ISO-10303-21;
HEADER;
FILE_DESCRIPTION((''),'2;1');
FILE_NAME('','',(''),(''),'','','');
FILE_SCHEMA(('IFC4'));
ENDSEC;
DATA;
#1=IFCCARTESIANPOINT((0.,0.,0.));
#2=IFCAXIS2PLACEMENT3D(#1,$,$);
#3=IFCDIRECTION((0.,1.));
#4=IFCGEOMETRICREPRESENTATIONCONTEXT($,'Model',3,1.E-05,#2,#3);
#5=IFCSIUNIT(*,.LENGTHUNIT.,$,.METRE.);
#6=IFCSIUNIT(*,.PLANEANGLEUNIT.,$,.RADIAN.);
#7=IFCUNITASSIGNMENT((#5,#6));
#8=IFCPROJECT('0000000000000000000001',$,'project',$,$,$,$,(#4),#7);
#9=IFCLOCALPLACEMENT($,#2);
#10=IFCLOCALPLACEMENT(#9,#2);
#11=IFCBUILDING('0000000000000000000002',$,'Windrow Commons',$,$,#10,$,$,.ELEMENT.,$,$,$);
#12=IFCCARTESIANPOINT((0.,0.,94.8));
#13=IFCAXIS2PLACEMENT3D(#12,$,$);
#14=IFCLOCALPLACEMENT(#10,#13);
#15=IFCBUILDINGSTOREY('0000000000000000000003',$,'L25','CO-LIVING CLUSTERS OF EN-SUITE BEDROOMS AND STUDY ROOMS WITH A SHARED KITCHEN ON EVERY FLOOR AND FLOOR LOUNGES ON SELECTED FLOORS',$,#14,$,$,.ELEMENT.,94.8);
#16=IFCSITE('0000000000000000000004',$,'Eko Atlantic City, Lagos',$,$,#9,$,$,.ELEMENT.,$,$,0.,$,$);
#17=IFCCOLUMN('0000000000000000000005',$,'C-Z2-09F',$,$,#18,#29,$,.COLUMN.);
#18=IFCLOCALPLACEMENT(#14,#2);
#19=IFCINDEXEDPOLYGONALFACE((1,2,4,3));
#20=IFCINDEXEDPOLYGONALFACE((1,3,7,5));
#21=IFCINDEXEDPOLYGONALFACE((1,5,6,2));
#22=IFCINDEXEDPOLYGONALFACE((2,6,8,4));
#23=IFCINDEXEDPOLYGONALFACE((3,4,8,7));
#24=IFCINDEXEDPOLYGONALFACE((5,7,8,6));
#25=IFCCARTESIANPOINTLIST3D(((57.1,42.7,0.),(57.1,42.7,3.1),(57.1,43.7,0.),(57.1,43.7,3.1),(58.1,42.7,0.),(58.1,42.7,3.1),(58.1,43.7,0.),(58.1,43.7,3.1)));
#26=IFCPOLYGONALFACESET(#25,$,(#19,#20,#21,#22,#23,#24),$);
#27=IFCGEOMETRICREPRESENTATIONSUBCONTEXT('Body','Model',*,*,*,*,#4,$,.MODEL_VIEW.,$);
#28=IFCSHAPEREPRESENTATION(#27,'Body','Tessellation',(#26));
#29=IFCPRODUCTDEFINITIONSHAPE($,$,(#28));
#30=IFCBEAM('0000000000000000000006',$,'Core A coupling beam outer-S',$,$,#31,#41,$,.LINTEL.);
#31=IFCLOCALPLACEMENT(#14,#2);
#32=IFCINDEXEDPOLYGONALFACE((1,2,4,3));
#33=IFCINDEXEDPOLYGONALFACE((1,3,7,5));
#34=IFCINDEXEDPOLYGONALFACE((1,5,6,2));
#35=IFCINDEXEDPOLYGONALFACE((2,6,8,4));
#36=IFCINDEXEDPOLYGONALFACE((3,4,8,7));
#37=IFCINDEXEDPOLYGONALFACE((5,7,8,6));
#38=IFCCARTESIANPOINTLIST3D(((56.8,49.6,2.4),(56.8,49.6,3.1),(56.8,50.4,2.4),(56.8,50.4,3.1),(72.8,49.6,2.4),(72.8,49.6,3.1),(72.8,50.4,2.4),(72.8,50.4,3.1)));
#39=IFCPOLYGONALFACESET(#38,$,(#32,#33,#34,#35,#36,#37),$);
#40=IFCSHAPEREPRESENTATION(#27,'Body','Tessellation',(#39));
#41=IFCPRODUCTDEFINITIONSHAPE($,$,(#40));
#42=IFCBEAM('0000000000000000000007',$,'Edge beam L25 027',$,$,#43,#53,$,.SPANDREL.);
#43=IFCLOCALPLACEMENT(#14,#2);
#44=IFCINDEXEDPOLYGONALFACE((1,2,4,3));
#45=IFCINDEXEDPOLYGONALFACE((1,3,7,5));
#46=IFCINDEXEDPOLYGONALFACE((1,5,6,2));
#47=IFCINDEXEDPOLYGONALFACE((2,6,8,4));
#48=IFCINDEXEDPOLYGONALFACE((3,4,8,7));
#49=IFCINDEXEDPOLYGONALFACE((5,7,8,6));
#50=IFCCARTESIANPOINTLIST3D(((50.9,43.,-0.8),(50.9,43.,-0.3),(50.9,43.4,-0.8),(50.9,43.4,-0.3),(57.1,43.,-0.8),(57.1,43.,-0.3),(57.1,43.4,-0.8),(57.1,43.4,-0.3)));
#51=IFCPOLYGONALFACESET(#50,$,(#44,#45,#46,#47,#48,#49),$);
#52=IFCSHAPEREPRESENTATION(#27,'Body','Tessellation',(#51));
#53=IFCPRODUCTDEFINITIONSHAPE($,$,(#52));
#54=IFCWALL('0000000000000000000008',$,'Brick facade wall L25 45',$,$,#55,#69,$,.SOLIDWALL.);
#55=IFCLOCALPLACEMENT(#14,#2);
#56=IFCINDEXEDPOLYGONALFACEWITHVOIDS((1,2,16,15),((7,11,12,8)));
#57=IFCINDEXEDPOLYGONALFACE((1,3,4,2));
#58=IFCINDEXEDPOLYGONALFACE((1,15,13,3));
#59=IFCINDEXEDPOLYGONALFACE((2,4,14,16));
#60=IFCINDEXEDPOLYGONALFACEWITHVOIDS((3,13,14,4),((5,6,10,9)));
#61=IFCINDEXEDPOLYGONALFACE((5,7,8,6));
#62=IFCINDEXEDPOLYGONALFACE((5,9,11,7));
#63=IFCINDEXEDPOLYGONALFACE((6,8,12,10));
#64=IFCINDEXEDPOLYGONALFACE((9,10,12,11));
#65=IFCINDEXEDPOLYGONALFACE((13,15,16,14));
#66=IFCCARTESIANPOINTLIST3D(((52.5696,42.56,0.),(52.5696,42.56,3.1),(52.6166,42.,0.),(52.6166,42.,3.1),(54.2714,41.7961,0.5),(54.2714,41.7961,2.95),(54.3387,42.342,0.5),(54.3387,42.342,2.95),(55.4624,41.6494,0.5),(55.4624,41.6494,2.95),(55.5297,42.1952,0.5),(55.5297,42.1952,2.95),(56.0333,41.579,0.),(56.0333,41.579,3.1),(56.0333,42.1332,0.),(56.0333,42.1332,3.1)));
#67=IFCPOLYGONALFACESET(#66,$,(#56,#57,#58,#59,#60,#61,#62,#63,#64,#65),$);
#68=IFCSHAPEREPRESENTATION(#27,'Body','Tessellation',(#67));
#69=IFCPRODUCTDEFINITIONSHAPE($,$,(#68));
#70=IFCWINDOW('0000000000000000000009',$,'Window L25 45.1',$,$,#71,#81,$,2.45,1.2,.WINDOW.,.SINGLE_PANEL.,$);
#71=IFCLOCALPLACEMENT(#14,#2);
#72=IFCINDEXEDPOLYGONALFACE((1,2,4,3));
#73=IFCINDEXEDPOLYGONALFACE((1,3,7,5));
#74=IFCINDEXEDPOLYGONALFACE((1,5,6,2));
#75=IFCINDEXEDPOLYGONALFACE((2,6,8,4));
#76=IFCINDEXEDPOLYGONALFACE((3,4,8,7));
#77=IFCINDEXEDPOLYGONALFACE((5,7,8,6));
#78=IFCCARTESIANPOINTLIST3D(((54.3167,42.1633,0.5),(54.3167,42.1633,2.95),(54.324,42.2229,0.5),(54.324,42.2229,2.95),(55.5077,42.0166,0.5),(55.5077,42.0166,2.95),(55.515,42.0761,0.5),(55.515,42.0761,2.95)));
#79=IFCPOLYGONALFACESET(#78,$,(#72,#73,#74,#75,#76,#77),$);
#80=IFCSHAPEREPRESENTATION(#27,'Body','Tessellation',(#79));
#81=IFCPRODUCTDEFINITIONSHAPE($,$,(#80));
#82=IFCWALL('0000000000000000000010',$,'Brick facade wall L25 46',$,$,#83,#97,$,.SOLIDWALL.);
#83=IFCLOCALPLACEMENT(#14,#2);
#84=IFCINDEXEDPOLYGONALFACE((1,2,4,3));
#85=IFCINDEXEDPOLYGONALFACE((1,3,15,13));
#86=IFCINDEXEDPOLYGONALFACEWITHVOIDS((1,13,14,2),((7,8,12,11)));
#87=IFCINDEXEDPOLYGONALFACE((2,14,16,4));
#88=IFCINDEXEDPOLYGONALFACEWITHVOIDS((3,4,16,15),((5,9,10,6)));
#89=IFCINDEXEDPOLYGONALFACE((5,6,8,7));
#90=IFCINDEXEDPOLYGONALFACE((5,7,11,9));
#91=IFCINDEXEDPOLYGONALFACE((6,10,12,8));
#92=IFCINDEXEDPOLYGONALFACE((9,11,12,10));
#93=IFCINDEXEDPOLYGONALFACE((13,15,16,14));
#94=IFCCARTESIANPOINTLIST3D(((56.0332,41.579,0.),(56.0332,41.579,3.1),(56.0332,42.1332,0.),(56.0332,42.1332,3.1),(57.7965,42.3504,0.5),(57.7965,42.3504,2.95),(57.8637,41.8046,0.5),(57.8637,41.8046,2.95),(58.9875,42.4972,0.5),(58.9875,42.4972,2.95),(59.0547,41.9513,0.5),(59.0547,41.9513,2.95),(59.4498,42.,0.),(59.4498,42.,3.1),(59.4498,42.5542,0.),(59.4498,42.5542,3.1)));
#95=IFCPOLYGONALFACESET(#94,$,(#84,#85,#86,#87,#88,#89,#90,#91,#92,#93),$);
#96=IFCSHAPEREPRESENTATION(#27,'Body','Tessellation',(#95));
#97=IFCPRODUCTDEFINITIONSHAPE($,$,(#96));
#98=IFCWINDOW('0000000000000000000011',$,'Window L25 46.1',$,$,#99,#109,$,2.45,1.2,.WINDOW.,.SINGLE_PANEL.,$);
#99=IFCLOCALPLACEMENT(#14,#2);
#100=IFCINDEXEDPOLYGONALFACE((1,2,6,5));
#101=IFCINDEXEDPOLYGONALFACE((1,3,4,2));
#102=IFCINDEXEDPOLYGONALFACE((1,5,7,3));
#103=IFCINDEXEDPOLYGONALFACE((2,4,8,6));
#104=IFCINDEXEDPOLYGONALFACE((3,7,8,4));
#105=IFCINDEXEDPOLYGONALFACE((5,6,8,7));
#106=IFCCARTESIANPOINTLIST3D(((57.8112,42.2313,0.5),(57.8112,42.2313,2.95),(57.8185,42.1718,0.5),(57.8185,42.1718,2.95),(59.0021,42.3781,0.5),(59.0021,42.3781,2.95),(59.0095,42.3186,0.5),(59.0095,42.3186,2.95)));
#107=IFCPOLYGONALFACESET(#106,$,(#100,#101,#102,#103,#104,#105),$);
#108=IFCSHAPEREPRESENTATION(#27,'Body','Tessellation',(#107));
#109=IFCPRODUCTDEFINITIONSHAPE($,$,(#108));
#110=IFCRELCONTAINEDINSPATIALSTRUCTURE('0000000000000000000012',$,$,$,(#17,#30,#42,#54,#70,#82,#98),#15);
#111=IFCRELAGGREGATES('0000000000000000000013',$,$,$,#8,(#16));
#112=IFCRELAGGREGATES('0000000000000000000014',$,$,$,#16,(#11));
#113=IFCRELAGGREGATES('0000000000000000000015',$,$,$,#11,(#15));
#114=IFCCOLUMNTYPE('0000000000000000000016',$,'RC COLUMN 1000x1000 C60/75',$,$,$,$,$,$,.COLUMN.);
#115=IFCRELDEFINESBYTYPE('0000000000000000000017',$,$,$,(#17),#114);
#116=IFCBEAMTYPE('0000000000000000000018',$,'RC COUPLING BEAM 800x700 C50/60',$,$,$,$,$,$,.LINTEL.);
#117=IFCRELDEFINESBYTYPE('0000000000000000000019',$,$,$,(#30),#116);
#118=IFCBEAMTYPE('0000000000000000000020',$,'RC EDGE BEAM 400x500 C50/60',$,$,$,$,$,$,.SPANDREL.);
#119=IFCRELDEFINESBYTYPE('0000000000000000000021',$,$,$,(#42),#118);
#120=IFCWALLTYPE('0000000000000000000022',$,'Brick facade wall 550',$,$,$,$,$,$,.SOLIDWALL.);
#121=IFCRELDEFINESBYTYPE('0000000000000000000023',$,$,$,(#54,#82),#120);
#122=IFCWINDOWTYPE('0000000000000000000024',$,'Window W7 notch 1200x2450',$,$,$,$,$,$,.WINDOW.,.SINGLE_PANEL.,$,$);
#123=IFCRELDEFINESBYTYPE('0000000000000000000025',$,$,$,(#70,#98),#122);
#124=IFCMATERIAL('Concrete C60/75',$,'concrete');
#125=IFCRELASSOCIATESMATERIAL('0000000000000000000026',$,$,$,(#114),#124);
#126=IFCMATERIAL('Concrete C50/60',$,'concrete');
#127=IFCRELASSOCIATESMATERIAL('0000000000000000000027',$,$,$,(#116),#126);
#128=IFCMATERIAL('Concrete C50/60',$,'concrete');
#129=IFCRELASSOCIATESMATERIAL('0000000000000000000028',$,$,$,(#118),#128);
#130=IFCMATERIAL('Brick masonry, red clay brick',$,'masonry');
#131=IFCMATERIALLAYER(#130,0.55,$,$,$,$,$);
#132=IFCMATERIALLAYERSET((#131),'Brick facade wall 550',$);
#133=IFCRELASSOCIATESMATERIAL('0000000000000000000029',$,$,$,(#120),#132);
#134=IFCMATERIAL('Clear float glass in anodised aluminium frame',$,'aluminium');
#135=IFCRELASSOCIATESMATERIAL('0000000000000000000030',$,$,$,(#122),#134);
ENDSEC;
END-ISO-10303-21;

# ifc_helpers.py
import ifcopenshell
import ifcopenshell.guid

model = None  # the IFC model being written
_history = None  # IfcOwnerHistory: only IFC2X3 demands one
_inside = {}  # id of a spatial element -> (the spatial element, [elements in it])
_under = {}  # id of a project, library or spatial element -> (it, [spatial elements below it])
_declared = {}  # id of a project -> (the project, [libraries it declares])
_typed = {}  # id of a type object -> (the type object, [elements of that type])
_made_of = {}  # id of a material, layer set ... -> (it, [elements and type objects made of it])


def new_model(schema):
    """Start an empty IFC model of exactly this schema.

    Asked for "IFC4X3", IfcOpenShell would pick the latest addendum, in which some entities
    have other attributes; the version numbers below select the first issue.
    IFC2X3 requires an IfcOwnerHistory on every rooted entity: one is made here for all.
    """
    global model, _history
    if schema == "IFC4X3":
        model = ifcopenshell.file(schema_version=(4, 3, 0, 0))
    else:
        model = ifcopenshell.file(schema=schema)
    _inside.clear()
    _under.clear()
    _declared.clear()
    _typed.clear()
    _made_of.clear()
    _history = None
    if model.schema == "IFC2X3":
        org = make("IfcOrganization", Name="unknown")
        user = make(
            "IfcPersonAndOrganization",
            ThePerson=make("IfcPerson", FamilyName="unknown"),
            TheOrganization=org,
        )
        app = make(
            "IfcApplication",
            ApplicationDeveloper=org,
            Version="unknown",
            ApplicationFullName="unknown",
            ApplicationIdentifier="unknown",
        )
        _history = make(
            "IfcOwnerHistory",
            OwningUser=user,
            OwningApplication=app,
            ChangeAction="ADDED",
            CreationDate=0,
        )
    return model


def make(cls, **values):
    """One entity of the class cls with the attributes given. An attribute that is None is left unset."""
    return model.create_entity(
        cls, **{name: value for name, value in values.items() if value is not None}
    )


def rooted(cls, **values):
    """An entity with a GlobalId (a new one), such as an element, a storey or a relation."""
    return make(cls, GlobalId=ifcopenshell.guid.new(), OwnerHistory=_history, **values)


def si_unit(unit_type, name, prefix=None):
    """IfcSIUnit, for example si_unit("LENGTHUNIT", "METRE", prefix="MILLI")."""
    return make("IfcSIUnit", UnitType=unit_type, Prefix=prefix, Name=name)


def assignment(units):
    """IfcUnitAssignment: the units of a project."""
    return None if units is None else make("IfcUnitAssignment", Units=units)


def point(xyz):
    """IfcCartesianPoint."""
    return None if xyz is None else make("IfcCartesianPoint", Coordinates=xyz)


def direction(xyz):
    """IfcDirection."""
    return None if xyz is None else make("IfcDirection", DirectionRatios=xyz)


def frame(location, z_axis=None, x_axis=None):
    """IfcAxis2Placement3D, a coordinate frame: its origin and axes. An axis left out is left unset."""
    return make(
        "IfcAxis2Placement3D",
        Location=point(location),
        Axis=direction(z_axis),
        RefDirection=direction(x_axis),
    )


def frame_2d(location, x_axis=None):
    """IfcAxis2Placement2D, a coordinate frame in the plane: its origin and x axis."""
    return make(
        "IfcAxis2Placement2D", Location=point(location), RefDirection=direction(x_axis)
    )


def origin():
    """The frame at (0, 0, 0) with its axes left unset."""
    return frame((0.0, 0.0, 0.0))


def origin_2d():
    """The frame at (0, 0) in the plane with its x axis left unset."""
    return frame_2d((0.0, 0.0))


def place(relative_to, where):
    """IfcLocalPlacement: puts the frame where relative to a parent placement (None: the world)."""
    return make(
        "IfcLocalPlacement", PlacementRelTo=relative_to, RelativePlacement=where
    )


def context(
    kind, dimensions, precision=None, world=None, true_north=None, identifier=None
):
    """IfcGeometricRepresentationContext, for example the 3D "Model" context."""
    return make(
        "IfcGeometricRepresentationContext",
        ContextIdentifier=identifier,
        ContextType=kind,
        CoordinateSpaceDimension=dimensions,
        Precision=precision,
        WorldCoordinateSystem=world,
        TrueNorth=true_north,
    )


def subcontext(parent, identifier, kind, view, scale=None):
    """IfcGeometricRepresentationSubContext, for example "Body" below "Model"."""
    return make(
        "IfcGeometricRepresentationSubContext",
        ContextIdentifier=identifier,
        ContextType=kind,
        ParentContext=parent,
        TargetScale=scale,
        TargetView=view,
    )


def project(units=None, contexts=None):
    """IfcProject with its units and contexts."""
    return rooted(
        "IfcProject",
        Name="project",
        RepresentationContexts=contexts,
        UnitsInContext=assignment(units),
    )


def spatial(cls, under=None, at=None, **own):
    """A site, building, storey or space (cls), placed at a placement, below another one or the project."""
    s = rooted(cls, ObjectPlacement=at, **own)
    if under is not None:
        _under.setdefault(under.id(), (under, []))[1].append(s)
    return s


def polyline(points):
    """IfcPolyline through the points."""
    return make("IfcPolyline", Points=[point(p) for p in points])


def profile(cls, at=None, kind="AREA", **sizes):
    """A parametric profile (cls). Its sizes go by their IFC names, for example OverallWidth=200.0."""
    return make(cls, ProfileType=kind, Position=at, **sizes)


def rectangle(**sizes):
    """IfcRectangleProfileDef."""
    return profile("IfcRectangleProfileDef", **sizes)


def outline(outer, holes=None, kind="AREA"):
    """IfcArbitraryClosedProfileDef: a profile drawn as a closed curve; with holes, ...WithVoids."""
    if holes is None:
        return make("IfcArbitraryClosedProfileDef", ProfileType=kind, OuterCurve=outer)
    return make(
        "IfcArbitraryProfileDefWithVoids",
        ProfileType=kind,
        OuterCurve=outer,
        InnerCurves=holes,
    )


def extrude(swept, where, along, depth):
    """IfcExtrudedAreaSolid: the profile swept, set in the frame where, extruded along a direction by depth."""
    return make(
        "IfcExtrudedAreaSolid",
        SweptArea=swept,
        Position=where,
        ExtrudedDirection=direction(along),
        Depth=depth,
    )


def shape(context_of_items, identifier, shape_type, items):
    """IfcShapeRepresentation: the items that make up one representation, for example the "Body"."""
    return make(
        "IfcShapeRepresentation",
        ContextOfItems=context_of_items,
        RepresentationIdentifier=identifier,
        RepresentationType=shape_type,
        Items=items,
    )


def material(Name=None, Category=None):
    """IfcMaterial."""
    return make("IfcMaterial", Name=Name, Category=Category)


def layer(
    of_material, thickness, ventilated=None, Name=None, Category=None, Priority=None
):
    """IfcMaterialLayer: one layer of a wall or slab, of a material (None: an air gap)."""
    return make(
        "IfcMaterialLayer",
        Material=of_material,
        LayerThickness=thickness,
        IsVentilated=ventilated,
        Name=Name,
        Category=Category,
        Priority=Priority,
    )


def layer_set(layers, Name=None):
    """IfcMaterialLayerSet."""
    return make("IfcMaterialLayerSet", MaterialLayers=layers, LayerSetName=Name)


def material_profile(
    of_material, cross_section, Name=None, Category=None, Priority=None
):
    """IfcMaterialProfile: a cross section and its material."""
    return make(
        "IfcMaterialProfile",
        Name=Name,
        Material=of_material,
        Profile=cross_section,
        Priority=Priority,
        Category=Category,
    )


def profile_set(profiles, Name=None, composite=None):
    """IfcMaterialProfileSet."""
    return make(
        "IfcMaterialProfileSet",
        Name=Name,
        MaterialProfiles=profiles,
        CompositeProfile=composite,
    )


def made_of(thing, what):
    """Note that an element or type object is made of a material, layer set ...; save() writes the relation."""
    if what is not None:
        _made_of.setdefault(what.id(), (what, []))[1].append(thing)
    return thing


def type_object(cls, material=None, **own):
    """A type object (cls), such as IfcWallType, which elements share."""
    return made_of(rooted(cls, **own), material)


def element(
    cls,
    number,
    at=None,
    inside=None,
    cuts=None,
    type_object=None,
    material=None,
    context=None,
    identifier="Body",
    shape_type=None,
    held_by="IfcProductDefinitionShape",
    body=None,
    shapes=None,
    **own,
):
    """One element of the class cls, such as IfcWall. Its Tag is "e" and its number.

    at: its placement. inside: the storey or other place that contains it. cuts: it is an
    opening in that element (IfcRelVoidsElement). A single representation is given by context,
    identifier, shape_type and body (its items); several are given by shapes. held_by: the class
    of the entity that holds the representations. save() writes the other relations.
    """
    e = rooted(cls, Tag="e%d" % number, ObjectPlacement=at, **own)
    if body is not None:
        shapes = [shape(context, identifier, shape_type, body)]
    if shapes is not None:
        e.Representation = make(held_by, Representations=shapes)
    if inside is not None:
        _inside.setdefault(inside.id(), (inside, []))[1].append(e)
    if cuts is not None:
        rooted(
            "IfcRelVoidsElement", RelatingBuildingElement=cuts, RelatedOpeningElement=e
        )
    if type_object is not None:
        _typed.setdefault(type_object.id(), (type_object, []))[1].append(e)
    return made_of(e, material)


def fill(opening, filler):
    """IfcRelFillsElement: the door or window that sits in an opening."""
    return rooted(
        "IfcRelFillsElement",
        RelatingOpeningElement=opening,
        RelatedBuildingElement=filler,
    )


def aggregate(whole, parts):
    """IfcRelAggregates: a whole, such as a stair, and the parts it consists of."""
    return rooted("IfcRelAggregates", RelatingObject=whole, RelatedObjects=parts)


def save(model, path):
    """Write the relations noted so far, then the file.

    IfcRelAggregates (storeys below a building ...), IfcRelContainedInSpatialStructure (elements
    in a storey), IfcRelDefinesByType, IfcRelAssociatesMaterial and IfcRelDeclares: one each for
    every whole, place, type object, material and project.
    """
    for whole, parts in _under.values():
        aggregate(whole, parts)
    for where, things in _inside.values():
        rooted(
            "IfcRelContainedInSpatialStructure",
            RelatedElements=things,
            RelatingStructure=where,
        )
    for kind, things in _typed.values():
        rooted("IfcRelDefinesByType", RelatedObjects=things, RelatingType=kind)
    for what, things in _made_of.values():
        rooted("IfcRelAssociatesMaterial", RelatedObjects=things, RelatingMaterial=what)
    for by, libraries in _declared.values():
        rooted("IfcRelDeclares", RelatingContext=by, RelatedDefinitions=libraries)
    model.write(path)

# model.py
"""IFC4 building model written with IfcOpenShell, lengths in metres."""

from ifc_helpers import new_model, si_unit, direction, frame, frame_2d, origin, origin_2d, place, context, subcontext, project, spatial, polyline, rectangle, outline, extrude, material, layer, layer_set, material_profile, profile_set, type_object, element, fill, save


model = new_model("IFC4")

# Units and contexts
model_context = context("Model", 3, precision=1e-05, world=origin(), true_north=direction((0.0, 1.0)))
body_context = subcontext(model_context, "Body", "Model", "MODEL_VIEW")
ifc_project = project(units=[si_unit("LENGTHUNIT", "METRE"), si_unit("PLANEANGLEUNIT", "RADIAN")], contexts=[model_context])

# Site, building, storey
site_placement = place(None, origin())
site = spatial("IfcSite", under=ifc_project, at=site_placement, Name="Eko Atlantic City, Lagos", CompositionType="ELEMENT", RefElevation=0.0)
building_placement = place(site_placement, origin())
building = spatial("IfcBuilding", under=site, at=building_placement, Name="Windrow Commons", CompositionType="ELEMENT")
storey_placement = place(building_placement, frame((0.0, 0.0, 94.8)))
storey = spatial("IfcBuildingStorey", under=building, at=storey_placement, Name="L25", Description="CO-LIVING CLUSTERS OF EN-SUITE BEDROOMS AND STUDY ROOMS WITH A SHARED KITCHEN ON EVERY FLOOR AND FLOOR LOUNGES ON SELECTED FLOORS", CompositionType="ELEMENT", Elevation=94.8)

# Column
ifc_material_1 = material(Name="Concrete C60/75", Category="concrete")
ifc_material_profile_1 = material_profile(ifc_material_1, rectangle(XDim=1.0, YDim=1.0, at=origin_2d()))
ifc_profile_set_1 = profile_set([ifc_material_profile_1], Name="Concrete C60/75")
column_type = type_object("IfcColumnType", Name="RC COLUMN 1000x1000 C60/75", PredefinedType="COLUMN", material=ifc_profile_set_1)
column_placement = place(storey_placement, frame((57.6, 43.2, 0.0), z_axis=(0.0, 0.0, 1.0), x_axis=(1.0, 0.0, 0.0)))
element("IfcColumn", 1, at=column_placement, inside=storey, type_object=column_type, Name="C-Z2-09F", PredefinedType="COLUMN", context=body_context, shape_type="SweptSolid", body=[
    extrude(rectangle(XDim=1.0, YDim=1.0, at=origin_2d()), origin(), (0.0, 0.0, 1.0), 3.1),
])

# Beams
ifc_material_2 = material(Name="Concrete C50/60", Category="concrete")
ifc_material_profile_2 = material_profile(ifc_material_2, rectangle(XDim=0.8, YDim=0.7, at=origin_2d()))
ifc_profile_set_2 = profile_set([ifc_material_profile_2], Name="Concrete C50/60")
beam_type_1 = type_object("IfcBeamType", Name="RC COUPLING BEAM 800x700 C50/60", PredefinedType="LINTEL", material=ifc_profile_set_2)
beam_1_placement = place(storey_placement, frame((56.8, 50.0, 2.75), z_axis=(1.0, 0.0, 0.0), x_axis=(0.0, 1.0, 0.0)))
element("IfcBeam", 2, at=beam_1_placement, inside=storey, type_object=beam_type_1, Name="Core A coupling beam outer-S", PredefinedType="LINTEL", context=body_context, shape_type="SweptSolid", body=[
    extrude(rectangle(XDim=0.8, YDim=0.7, at=origin_2d()), origin(), (0.0, 0.0, 1.0), 16.0),
])
ifc_material_3 = material(Name="Concrete C50/60", Category="concrete")
ifc_material_profile_3 = material_profile(ifc_material_3, rectangle(XDim=0.4, YDim=0.5, at=origin_2d()))
ifc_profile_set_3 = profile_set([ifc_material_profile_3], Name="Concrete C50/60")
beam_type_2 = type_object("IfcBeamType", Name="RC EDGE BEAM 400x500 C50/60", PredefinedType="SPANDREL", material=ifc_profile_set_3)
beam_2_placement = place(storey_placement, frame((57.1, 43.2, -0.55), z_axis=(-1.0, 0.0, 0.0), x_axis=(0.0, -1.0, 0.0)))
element("IfcBeam", 3, at=beam_2_placement, inside=storey, type_object=beam_type_2, Name="Edge beam L25 027", PredefinedType="SPANDREL", context=body_context, shape_type="SweptSolid", body=[
    extrude(rectangle(XDim=0.4, YDim=0.5, at=origin_2d()), origin(), (0.0, 0.0, 1.0), 6.2),
])

# Walls, openings, windows
ifc_material_4 = material(Name="Brick masonry, red clay brick", Category="masonry")
ifc_layer_1 = layer(ifc_material_4, 0.55)
ifc_layer_set_1 = layer_set([ifc_layer_1], Name="Brick facade wall 550")
wall_type_1 = type_object("IfcWallType", Name="Brick facade wall 550", PredefinedType="SOLIDWALL", material=ifc_layer_set_1)
wall_1_placement = place(storey_placement, frame((52.5931, 42.28, 0.0), z_axis=(0.0, 0.0, 1.0), x_axis=(0.992493, -0.122298, 0.0)))
wall_1 = element("IfcWall", 4, at=wall_1_placement, inside=storey, type_object=wall_type_1, Name="Brick facade wall L25 45", PredefinedType="SOLIDWALL", context=body_context, shape_type="SweptSolid", body=[
    extrude(outline(polyline([(0.0576, -0.275), (3.5001, -0.275), (3.4323, 0.275), (-0.0576, 0.275), (0.0576, -0.275)])), origin(), (0.0, 0.0, 1.0), 3.1),
])
opening_1_placement = place(wall_1_placement, frame((1.7249, 0.0, 0.5)))
opening_1 = element("IfcOpeningElement", 5, at=opening_1_placement, cuts=wall_1, PredefinedType="OPENING", context=body_context, shape_type="SweptSolid", body=[
    extrude(rectangle(XDim=1.2, YDim=2.45, at=frame_2d((0.6, 1.225))), frame((0.0, 0.285, 0.0), z_axis=(0.0, -1.0, 0.0), x_axis=(1.0, 0.0, 0.0)), (0.0, 0.0, 1.0), 0.57),
])
ifc_material_5 = material(Name="Clear float glass in anodised aluminium frame", Category="aluminium")
window_type = type_object("IfcWindowType", Name="Window W7 notch 1200x2450", PartitioningType="SINGLE_PANEL", PredefinedType="WINDOW", material=ifc_material_5)
window_1_placement = place(opening_1_placement, origin())
window_1 = element("IfcWindow", 6, at=window_1_placement, inside=storey, type_object=window_type, Name="Window L25 45.1", OverallHeight=2.45, OverallWidth=1.2, PartitioningType="SINGLE_PANEL", PredefinedType="WINDOW", context=body_context, shape_type="SweptSolid", body=[
    extrude(rectangle(XDim=1.2, YDim=2.45, at=frame_2d((0.6, 1.225))), frame((0.0, 0.155, 0.0), z_axis=(0.0, -1.0, 0.0), x_axis=(1.0, 0.0, 0.0)), (0.0, 0.0, 1.0), 0.06),
])
fill(opening_1, window_1)
wall_2_placement = place(storey_placement, frame((56.0332, 41.8561, 0.0), z_axis=(0.0, 0.0, 1.0), x_axis=(0.992494, 0.122293, 0.0)))
wall_2 = element("IfcWall", 7, at=wall_2_placement, inside=storey, type_object=wall_type_1, Name="Brick facade wall L25 46", PredefinedType="SOLIDWALL", context=body_context, shape_type="SweptSolid", body=[
    extrude(outline(polyline([(-0.0339, -0.275), (3.4086, -0.275), (3.4763, 0.275), (0.0339, 0.275), (-0.0339, -0.275)])), origin(), (0.0, 0.0, 1.0), 3.1),
])
opening_2_placement = place(wall_2_placement, frame((1.8105, 0.0, 0.5)))
opening_2 = element("IfcOpeningElement", 8, at=opening_2_placement, cuts=wall_2, PredefinedType="OPENING", context=body_context, shape_type="SweptSolid", body=[
    extrude(rectangle(XDim=1.2, YDim=2.45, at=frame_2d((0.6, 1.225))), frame((0.0, 0.285, 0.0), z_axis=(0.0, -1.0, 0.0), x_axis=(1.0, 0.0, 0.0)), (0.0, 0.0, 1.0), 0.57),
])
window_2_placement = place(opening_2_placement, origin())
window_2 = element("IfcWindow", 9, at=window_2_placement, inside=storey, type_object=window_type, Name="Window L25 46.1", OverallHeight=2.45, OverallWidth=1.2, PartitioningType="SINGLE_PANEL", PredefinedType="WINDOW", context=body_context, shape_type="SweptSolid", body=[
    extrude(rectangle(XDim=1.2, YDim=2.45, at=frame_2d((0.6, 1.225))), frame((0.0, 0.155, 0.0), z_axis=(0.0, -1.0, 0.0), x_axis=(1.0, 0.0, 0.0)), (0.0, 0.0, 1.0), 0.06),
])
fill(opening_2, window_2)

save(model, "model.ifc")
